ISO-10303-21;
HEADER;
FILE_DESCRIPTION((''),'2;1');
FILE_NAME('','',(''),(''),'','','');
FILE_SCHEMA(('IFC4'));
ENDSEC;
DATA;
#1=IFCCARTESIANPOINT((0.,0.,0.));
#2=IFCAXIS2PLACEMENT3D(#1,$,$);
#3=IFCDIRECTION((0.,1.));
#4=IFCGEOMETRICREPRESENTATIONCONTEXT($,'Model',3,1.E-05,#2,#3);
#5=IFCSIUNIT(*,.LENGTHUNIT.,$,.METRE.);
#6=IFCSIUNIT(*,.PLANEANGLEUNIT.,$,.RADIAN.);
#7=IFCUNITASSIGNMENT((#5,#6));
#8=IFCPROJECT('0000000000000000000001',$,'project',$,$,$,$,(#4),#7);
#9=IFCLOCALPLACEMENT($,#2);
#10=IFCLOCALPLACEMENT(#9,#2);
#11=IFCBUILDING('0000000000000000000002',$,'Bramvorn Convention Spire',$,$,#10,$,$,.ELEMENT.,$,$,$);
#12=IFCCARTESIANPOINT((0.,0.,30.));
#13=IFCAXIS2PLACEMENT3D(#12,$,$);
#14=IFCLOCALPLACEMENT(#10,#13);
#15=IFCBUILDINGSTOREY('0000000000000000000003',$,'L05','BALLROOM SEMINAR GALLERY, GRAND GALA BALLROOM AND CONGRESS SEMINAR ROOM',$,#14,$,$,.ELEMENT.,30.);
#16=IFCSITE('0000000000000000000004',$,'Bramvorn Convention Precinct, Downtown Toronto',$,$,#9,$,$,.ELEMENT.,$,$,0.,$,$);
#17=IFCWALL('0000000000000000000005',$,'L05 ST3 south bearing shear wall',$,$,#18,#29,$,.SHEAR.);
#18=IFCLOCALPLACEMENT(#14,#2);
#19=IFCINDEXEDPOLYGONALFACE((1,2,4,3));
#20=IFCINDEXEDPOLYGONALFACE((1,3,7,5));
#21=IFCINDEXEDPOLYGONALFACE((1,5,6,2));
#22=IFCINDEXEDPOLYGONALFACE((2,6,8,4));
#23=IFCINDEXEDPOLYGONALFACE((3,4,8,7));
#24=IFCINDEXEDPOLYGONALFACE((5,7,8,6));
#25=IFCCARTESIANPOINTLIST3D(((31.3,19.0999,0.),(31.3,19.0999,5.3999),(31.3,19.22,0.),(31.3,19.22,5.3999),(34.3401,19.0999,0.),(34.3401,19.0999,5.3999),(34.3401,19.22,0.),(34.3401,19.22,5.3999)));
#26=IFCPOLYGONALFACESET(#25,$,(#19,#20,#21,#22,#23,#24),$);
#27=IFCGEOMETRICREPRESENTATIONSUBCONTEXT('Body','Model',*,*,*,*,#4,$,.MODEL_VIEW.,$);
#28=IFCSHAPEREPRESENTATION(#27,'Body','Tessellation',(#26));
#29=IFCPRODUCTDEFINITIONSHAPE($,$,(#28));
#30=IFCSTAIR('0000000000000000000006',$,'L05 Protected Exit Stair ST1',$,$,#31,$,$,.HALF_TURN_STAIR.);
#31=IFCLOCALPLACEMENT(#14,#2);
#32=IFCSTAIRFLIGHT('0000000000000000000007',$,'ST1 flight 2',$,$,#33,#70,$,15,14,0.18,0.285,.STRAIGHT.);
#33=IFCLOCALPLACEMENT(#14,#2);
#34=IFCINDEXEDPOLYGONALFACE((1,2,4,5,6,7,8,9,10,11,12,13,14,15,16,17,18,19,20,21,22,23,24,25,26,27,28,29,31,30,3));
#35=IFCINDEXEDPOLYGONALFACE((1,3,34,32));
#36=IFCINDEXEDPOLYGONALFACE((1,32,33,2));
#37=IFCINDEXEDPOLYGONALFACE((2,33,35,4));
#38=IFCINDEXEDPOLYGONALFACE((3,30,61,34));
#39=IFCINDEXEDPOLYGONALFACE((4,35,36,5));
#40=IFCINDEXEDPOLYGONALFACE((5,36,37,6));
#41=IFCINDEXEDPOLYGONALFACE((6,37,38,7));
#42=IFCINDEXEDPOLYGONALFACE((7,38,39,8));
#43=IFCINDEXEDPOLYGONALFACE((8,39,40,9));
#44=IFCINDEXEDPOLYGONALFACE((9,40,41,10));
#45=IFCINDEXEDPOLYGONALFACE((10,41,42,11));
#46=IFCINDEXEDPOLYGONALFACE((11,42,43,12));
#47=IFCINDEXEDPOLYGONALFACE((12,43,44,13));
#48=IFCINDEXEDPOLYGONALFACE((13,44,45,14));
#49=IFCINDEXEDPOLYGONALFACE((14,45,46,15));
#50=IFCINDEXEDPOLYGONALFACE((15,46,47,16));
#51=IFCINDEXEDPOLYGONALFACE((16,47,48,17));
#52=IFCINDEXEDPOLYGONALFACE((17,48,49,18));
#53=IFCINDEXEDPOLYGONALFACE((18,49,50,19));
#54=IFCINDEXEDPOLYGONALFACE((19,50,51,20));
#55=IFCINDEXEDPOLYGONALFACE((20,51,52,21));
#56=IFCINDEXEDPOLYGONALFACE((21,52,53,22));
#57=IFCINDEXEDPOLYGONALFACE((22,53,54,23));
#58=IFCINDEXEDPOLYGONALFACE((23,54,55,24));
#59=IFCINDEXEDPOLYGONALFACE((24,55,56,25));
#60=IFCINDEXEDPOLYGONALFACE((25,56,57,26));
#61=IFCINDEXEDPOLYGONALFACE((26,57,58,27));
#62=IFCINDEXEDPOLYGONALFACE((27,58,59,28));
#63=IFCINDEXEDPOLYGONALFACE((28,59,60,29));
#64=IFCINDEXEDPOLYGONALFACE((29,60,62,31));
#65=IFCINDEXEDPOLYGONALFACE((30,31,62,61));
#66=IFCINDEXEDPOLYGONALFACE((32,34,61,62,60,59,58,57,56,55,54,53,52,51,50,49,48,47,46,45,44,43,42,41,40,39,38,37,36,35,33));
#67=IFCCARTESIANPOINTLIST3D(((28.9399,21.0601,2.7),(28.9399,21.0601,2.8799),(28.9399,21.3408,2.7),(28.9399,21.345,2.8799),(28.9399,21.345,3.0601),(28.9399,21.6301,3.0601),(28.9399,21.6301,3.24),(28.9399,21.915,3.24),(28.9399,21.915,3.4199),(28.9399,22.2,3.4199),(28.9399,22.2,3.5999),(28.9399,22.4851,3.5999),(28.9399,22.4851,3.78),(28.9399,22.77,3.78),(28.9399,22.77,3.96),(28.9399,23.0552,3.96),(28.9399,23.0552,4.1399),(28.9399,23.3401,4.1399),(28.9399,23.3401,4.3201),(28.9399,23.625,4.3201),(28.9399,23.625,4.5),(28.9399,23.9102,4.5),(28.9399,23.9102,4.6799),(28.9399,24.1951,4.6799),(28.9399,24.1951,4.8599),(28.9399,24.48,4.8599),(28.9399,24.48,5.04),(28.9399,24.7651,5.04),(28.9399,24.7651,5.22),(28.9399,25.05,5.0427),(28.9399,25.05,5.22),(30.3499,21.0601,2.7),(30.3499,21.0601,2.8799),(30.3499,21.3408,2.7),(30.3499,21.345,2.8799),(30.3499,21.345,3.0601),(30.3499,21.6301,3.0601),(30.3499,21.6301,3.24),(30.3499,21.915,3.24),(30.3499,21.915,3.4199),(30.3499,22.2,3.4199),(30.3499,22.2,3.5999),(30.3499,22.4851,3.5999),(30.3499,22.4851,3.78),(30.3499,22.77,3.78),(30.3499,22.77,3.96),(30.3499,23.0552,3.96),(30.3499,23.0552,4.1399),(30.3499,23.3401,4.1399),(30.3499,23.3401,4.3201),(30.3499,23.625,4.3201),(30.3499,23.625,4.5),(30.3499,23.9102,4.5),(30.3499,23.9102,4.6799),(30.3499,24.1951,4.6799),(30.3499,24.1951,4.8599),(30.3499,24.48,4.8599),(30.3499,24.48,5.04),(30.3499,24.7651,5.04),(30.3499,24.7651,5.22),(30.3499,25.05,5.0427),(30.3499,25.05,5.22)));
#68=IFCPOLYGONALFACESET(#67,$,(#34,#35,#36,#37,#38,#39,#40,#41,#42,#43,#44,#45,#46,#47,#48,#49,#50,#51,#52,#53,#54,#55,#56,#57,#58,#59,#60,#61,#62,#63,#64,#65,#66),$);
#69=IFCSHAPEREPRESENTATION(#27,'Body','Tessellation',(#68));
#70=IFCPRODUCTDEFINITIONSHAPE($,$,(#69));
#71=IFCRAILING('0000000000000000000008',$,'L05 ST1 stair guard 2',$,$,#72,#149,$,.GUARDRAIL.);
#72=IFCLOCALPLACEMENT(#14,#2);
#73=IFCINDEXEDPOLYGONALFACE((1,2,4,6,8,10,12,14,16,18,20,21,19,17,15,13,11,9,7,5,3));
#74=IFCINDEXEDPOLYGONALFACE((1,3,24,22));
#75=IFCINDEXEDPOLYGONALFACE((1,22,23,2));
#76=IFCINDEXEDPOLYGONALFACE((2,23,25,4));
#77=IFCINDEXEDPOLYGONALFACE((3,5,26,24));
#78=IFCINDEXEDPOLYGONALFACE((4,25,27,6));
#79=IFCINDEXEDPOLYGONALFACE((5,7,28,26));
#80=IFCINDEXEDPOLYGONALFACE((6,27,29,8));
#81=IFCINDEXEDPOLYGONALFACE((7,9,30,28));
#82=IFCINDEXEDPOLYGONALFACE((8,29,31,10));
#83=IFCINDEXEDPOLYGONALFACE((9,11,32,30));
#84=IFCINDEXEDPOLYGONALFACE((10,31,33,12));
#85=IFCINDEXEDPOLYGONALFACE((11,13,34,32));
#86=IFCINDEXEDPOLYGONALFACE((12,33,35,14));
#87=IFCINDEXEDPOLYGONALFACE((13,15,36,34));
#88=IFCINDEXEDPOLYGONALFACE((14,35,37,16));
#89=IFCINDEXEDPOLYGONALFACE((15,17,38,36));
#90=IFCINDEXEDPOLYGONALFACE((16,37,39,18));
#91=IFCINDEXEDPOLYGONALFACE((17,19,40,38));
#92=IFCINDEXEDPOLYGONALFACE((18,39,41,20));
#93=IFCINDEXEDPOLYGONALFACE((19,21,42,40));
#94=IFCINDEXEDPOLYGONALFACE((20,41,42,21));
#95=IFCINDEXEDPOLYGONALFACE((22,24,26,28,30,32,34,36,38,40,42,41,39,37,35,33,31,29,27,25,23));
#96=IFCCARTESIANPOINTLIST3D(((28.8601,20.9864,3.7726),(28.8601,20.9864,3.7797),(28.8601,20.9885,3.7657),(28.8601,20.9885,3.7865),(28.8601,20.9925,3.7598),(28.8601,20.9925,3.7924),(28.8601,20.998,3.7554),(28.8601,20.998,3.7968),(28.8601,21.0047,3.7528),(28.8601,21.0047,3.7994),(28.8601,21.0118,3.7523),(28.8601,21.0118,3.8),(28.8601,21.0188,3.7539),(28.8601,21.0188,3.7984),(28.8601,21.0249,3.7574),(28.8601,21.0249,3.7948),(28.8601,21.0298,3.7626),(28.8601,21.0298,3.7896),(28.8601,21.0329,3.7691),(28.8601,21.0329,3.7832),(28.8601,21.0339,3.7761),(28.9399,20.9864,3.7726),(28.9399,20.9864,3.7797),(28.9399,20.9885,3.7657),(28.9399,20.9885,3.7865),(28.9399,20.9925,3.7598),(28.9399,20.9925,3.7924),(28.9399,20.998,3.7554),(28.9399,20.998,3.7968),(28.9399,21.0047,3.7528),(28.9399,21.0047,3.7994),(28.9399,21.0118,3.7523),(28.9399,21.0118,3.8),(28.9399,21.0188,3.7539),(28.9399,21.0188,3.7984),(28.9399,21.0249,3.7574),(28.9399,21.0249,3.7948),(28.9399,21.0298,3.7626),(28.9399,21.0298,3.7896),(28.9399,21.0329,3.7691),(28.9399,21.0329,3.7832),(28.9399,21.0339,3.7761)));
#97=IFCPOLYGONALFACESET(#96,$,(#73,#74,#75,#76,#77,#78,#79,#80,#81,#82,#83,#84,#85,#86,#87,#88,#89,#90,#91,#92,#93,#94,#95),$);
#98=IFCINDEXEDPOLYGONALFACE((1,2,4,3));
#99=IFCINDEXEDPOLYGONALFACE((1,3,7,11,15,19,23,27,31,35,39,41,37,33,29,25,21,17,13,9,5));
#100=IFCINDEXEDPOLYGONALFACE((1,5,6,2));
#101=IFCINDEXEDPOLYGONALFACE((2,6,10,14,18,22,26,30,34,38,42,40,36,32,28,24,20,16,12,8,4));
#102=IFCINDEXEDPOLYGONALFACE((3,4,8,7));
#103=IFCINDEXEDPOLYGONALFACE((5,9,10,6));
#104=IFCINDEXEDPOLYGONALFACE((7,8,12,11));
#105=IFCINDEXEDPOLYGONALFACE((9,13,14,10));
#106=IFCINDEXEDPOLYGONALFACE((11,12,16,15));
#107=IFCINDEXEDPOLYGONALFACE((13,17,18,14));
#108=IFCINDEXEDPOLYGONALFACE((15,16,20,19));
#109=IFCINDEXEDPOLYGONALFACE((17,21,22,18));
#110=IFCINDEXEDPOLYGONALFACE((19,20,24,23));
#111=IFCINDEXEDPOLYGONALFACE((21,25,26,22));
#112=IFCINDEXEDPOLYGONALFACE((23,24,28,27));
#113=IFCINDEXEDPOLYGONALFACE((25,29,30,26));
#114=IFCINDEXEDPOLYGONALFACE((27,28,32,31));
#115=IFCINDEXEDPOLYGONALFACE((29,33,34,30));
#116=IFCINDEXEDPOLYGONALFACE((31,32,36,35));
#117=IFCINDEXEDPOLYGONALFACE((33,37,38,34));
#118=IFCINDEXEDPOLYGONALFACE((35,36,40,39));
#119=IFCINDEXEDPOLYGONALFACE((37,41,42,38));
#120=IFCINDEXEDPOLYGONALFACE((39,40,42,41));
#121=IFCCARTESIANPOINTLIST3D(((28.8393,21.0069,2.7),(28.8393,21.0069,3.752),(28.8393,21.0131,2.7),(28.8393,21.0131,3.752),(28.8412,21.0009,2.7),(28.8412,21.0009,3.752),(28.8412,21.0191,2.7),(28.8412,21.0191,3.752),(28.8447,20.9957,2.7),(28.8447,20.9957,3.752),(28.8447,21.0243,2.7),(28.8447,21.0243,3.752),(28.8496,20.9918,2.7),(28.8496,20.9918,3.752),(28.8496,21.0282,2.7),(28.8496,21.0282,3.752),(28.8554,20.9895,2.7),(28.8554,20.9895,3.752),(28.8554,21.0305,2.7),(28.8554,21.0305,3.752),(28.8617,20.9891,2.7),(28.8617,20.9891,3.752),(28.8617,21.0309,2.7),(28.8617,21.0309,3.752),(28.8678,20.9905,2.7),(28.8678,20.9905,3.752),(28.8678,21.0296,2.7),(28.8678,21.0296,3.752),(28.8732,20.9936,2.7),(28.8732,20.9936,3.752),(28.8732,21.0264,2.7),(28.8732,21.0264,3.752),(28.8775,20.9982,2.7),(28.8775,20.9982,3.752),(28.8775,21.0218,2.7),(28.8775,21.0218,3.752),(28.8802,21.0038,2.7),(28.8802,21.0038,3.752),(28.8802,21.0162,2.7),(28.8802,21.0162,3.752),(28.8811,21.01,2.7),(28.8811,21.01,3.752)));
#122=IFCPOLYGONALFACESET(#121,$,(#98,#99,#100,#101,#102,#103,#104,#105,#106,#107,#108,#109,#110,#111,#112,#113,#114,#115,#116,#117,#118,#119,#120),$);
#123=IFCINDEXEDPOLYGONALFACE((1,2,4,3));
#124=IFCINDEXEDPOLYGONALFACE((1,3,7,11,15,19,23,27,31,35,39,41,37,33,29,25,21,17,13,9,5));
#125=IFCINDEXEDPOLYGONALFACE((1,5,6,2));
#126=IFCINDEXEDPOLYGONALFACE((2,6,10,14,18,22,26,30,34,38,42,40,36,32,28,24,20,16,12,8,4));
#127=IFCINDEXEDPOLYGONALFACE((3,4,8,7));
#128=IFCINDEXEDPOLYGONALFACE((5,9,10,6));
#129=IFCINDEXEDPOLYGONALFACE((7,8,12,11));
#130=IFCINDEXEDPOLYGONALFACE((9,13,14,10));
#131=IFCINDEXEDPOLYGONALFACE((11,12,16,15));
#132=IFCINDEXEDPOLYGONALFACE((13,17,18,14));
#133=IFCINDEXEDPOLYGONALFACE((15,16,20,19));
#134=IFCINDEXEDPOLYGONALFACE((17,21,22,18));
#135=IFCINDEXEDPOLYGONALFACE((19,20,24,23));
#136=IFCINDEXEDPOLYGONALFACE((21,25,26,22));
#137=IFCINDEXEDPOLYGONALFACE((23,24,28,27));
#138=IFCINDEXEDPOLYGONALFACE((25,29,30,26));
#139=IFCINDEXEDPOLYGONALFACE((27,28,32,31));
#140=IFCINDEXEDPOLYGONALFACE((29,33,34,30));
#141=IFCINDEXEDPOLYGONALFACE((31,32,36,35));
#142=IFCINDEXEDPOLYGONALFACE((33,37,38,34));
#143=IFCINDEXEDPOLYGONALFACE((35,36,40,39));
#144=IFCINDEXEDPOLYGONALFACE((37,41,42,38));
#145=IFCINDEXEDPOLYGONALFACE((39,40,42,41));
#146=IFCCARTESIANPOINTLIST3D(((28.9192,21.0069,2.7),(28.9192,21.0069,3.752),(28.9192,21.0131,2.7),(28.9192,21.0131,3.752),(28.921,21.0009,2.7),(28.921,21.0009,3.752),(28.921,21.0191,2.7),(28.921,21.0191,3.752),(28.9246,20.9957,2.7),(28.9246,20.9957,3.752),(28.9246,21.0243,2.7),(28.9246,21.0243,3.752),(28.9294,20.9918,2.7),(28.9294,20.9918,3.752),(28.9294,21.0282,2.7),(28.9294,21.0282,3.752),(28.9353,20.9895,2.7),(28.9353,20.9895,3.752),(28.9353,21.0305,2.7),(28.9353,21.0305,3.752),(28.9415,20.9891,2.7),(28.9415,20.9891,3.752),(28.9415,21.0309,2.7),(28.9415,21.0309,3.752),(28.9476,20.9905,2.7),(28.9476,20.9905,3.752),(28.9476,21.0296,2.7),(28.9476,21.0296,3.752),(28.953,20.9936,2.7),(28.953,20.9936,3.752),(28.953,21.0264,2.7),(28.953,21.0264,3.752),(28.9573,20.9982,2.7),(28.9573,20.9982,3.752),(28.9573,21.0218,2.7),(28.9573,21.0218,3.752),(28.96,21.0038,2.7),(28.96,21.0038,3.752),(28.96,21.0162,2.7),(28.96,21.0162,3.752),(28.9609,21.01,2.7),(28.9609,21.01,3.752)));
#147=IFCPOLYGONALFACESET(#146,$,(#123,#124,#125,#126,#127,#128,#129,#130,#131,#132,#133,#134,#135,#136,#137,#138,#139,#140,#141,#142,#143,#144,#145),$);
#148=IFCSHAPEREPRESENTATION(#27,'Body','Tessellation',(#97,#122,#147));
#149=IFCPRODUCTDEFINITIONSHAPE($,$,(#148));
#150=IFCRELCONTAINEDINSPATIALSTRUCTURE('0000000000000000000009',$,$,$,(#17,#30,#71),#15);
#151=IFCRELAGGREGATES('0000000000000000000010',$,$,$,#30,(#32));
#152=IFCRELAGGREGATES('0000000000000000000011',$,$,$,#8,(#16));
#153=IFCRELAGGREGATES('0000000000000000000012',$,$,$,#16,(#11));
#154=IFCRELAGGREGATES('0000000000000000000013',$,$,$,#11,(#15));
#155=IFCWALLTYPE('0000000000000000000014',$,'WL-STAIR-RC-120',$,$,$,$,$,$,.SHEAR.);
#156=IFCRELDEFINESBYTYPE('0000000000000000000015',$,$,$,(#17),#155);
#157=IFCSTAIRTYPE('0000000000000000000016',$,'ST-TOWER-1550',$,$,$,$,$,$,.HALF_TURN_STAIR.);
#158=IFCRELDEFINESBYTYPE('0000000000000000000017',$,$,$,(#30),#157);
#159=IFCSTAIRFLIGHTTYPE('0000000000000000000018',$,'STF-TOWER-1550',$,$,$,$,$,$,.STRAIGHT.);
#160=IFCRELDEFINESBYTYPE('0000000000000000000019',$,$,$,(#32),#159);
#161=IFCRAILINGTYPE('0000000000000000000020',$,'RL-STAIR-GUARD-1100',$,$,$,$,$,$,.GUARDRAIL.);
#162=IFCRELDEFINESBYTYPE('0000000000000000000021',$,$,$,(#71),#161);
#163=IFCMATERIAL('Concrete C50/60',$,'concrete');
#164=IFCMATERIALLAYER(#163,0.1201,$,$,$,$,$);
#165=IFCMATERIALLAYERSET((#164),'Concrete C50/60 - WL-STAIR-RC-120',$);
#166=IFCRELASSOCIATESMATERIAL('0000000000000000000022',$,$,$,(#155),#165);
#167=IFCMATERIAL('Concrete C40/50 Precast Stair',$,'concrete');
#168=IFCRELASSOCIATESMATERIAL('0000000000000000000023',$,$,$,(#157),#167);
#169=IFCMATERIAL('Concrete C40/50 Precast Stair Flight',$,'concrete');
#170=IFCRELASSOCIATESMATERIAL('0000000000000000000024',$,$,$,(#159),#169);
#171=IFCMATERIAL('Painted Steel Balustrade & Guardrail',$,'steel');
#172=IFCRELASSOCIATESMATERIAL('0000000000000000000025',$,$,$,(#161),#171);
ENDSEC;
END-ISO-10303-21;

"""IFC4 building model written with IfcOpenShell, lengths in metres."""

from ifc_helpers import new_model, si_unit, direction, frame, frame_2d, origin, origin_2d, place, context, subcontext, project, spatial, polyline, rectangle, circle, outline, extrude, material, layer, layer_set, type_object, element, aggregate, save


model = new_model("IFC4")

# Units and contexts
model_context = context("Model", 3, precision=1e-05, world=origin(), true_north=direction((0.0, 1.0)))
body_context = subcontext(model_context, "Body", "Model", "MODEL_VIEW")
ifc_project = project(units=[si_unit("LENGTHUNIT", "METRE"), si_unit("PLANEANGLEUNIT", "RADIAN")], contexts=[model_context])

# Site, building, storey
site_placement = place(None, origin())
site = spatial("IfcSite", under=ifc_project, at=site_placement, Name="Bramvorn Convention Precinct, Downtown Toronto", CompositionType="ELEMENT", RefElevation=0.0)
building_placement = place(site_placement, origin())
building = spatial("IfcBuilding", under=site, at=building_placement, Name="Bramvorn Convention Spire", CompositionType="ELEMENT")
storey_placement = place(building_placement, frame((0.0, 0.0, 30.0)))
storey = spatial("IfcBuildingStorey", under=building, at=storey_placement, Name="L05", Description="BALLROOM SEMINAR GALLERY, GRAND GALA BALLROOM AND CONGRESS SEMINAR ROOM", CompositionType="ELEMENT", Elevation=30.0)

# Wall
ifc_material_1 = material(Name="Concrete C50/60", Category="concrete")
ifc_layer_1 = layer(ifc_material_1, 0.1201)
ifc_layer_set_1 = layer_set([ifc_layer_1], Name="Concrete C50/60 - WL-STAIR-RC-120")
wall_type_1 = type_object("IfcWallType", Name="WL-STAIR-RC-120", PredefinedType="SHEAR", material=ifc_layer_set_1)
wall_1_placement = place(storey_placement, frame((31.3, 19.1599, 0.0), z_axis=(0.0, 0.0, 1.0), x_axis=(1.0, 0.0, 0.0)))
element("IfcWall", 1, at=wall_1_placement, inside=storey, type_object=wall_type_1, Name="L05 ST3 south bearing shear wall", PredefinedType="SHEAR", context=body_context, shape_type="SweptSolid", body=[
    extrude(rectangle(XDim=3.04, YDim=0.1201, at=frame_2d((1.52, 0.0))), origin(), (0.0, 0.0, 1.0), 5.3999),
])

# Stair, stair flight
ifc_material_2 = material(Name="Concrete C40/50 Precast Stair", Category="concrete")
stair_type = type_object("IfcStairType", Name="ST-TOWER-1550", PredefinedType="HALF_TURN_STAIR", material=ifc_material_2)
stair_placement = place(storey_placement, origin())
stair = element("IfcStair", 2, at=stair_placement, inside=storey, type_object=stair_type, Name="L05 Protected Exit Stair ST1", PredefinedType="HALF_TURN_STAIR")
ifc_material_3 = material(Name="Concrete C40/50 Precast Stair Flight", Category="concrete")
stair_flight_type = type_object("IfcStairFlightType", Name="STF-TOWER-1550", PredefinedType="STRAIGHT", material=ifc_material_3)
stair_flight_placement = place(storey_placement, frame((29.645, 21.0601, 2.7), z_axis=(0.0, 0.0, 1.0), x_axis=(0.0, 1.0, 0.0)))
stair_flight = element("IfcStairFlight", 3, at=stair_flight_placement, type_object=stair_flight_type, Name="ST1 flight 2", NumberOfRisers=15, NumberOfTreads=14, PredefinedType="STRAIGHT", RiserHeight=0.18, TreadLength=0.285, context=body_context, shape_type="SweptSolid", body=[
    extrude(outline(polyline([(0.0, 0.0), (0.0, 0.1799), (0.2849, 0.1799), (0.2849, 0.3601), (0.5701, 0.3601), (0.5701, 0.54), (0.855, 0.54), (0.855, 0.72), (1.1399, 0.72), (1.1399, 0.8999), (1.425, 0.8999), (1.425, 1.0801), (1.71, 1.0801), (1.71, 1.26), (1.9951, 1.26), (1.9951, 1.4399), (2.28, 1.4399), (2.28, 1.6201), (2.5649, 1.6201), (2.5649, 1.8), (2.8501, 1.8), (2.8501, 1.98), (3.135, 1.98), (3.135, 2.1599), (3.4199, 2.1599), (3.4199, 2.3401), (3.7051, 2.3401), (3.7051, 2.52), (3.99, 2.52), (3.99, 2.7), (3.99, 2.3428), (0.2808, 0.0), (0.0, 0.0)])), frame((0.0, 0.7051, 0.0), z_axis=(0.0, -1.0, 0.0), x_axis=(1.0, 0.0, 0.0)), (0.0, 0.0, 1.0), 1.4099),
])
aggregate(stair, [stair_flight])

# Railing
ifc_material_4 = material(Name="Painted Steel Balustrade & Guardrail", Category="steel")
railing_type_1 = type_object("IfcRailingType", Name="RL-STAIR-GUARD-1100", PredefinedType="GUARDRAIL", material=ifc_material_4)
railing_1_placement = place(storey_placement, frame((28.8601, 21.01, 2.7)))
element("IfcRailing", 4, at=railing_1_placement, inside=storey, type_object=railing_type_1, Name="L05 ST1 stair guard 2", PredefinedType="GUARDRAIL", context=body_context, shape_type="SweptSolid", body=[
    extrude(circle(Radius=0.0239, at=origin_2d()), frame((0.0, 0.0, 1.0762), z_axis=(1.0, 0.0, 0.0), x_axis=(0.0, 1.0, 0.0)), (0.0, 0.0, 1.0), 0.0798),
    extrude(circle(Radius=0.021, at=origin_2d()), origin(), (0.0, 0.0, 1.0), 1.052),
    extrude(circle(Radius=0.021, at=origin_2d()), frame((0.0798, 0.0, 0.0)), (0.0, 0.0, 1.0), 1.052),
])

save(model, "model.ifc")
